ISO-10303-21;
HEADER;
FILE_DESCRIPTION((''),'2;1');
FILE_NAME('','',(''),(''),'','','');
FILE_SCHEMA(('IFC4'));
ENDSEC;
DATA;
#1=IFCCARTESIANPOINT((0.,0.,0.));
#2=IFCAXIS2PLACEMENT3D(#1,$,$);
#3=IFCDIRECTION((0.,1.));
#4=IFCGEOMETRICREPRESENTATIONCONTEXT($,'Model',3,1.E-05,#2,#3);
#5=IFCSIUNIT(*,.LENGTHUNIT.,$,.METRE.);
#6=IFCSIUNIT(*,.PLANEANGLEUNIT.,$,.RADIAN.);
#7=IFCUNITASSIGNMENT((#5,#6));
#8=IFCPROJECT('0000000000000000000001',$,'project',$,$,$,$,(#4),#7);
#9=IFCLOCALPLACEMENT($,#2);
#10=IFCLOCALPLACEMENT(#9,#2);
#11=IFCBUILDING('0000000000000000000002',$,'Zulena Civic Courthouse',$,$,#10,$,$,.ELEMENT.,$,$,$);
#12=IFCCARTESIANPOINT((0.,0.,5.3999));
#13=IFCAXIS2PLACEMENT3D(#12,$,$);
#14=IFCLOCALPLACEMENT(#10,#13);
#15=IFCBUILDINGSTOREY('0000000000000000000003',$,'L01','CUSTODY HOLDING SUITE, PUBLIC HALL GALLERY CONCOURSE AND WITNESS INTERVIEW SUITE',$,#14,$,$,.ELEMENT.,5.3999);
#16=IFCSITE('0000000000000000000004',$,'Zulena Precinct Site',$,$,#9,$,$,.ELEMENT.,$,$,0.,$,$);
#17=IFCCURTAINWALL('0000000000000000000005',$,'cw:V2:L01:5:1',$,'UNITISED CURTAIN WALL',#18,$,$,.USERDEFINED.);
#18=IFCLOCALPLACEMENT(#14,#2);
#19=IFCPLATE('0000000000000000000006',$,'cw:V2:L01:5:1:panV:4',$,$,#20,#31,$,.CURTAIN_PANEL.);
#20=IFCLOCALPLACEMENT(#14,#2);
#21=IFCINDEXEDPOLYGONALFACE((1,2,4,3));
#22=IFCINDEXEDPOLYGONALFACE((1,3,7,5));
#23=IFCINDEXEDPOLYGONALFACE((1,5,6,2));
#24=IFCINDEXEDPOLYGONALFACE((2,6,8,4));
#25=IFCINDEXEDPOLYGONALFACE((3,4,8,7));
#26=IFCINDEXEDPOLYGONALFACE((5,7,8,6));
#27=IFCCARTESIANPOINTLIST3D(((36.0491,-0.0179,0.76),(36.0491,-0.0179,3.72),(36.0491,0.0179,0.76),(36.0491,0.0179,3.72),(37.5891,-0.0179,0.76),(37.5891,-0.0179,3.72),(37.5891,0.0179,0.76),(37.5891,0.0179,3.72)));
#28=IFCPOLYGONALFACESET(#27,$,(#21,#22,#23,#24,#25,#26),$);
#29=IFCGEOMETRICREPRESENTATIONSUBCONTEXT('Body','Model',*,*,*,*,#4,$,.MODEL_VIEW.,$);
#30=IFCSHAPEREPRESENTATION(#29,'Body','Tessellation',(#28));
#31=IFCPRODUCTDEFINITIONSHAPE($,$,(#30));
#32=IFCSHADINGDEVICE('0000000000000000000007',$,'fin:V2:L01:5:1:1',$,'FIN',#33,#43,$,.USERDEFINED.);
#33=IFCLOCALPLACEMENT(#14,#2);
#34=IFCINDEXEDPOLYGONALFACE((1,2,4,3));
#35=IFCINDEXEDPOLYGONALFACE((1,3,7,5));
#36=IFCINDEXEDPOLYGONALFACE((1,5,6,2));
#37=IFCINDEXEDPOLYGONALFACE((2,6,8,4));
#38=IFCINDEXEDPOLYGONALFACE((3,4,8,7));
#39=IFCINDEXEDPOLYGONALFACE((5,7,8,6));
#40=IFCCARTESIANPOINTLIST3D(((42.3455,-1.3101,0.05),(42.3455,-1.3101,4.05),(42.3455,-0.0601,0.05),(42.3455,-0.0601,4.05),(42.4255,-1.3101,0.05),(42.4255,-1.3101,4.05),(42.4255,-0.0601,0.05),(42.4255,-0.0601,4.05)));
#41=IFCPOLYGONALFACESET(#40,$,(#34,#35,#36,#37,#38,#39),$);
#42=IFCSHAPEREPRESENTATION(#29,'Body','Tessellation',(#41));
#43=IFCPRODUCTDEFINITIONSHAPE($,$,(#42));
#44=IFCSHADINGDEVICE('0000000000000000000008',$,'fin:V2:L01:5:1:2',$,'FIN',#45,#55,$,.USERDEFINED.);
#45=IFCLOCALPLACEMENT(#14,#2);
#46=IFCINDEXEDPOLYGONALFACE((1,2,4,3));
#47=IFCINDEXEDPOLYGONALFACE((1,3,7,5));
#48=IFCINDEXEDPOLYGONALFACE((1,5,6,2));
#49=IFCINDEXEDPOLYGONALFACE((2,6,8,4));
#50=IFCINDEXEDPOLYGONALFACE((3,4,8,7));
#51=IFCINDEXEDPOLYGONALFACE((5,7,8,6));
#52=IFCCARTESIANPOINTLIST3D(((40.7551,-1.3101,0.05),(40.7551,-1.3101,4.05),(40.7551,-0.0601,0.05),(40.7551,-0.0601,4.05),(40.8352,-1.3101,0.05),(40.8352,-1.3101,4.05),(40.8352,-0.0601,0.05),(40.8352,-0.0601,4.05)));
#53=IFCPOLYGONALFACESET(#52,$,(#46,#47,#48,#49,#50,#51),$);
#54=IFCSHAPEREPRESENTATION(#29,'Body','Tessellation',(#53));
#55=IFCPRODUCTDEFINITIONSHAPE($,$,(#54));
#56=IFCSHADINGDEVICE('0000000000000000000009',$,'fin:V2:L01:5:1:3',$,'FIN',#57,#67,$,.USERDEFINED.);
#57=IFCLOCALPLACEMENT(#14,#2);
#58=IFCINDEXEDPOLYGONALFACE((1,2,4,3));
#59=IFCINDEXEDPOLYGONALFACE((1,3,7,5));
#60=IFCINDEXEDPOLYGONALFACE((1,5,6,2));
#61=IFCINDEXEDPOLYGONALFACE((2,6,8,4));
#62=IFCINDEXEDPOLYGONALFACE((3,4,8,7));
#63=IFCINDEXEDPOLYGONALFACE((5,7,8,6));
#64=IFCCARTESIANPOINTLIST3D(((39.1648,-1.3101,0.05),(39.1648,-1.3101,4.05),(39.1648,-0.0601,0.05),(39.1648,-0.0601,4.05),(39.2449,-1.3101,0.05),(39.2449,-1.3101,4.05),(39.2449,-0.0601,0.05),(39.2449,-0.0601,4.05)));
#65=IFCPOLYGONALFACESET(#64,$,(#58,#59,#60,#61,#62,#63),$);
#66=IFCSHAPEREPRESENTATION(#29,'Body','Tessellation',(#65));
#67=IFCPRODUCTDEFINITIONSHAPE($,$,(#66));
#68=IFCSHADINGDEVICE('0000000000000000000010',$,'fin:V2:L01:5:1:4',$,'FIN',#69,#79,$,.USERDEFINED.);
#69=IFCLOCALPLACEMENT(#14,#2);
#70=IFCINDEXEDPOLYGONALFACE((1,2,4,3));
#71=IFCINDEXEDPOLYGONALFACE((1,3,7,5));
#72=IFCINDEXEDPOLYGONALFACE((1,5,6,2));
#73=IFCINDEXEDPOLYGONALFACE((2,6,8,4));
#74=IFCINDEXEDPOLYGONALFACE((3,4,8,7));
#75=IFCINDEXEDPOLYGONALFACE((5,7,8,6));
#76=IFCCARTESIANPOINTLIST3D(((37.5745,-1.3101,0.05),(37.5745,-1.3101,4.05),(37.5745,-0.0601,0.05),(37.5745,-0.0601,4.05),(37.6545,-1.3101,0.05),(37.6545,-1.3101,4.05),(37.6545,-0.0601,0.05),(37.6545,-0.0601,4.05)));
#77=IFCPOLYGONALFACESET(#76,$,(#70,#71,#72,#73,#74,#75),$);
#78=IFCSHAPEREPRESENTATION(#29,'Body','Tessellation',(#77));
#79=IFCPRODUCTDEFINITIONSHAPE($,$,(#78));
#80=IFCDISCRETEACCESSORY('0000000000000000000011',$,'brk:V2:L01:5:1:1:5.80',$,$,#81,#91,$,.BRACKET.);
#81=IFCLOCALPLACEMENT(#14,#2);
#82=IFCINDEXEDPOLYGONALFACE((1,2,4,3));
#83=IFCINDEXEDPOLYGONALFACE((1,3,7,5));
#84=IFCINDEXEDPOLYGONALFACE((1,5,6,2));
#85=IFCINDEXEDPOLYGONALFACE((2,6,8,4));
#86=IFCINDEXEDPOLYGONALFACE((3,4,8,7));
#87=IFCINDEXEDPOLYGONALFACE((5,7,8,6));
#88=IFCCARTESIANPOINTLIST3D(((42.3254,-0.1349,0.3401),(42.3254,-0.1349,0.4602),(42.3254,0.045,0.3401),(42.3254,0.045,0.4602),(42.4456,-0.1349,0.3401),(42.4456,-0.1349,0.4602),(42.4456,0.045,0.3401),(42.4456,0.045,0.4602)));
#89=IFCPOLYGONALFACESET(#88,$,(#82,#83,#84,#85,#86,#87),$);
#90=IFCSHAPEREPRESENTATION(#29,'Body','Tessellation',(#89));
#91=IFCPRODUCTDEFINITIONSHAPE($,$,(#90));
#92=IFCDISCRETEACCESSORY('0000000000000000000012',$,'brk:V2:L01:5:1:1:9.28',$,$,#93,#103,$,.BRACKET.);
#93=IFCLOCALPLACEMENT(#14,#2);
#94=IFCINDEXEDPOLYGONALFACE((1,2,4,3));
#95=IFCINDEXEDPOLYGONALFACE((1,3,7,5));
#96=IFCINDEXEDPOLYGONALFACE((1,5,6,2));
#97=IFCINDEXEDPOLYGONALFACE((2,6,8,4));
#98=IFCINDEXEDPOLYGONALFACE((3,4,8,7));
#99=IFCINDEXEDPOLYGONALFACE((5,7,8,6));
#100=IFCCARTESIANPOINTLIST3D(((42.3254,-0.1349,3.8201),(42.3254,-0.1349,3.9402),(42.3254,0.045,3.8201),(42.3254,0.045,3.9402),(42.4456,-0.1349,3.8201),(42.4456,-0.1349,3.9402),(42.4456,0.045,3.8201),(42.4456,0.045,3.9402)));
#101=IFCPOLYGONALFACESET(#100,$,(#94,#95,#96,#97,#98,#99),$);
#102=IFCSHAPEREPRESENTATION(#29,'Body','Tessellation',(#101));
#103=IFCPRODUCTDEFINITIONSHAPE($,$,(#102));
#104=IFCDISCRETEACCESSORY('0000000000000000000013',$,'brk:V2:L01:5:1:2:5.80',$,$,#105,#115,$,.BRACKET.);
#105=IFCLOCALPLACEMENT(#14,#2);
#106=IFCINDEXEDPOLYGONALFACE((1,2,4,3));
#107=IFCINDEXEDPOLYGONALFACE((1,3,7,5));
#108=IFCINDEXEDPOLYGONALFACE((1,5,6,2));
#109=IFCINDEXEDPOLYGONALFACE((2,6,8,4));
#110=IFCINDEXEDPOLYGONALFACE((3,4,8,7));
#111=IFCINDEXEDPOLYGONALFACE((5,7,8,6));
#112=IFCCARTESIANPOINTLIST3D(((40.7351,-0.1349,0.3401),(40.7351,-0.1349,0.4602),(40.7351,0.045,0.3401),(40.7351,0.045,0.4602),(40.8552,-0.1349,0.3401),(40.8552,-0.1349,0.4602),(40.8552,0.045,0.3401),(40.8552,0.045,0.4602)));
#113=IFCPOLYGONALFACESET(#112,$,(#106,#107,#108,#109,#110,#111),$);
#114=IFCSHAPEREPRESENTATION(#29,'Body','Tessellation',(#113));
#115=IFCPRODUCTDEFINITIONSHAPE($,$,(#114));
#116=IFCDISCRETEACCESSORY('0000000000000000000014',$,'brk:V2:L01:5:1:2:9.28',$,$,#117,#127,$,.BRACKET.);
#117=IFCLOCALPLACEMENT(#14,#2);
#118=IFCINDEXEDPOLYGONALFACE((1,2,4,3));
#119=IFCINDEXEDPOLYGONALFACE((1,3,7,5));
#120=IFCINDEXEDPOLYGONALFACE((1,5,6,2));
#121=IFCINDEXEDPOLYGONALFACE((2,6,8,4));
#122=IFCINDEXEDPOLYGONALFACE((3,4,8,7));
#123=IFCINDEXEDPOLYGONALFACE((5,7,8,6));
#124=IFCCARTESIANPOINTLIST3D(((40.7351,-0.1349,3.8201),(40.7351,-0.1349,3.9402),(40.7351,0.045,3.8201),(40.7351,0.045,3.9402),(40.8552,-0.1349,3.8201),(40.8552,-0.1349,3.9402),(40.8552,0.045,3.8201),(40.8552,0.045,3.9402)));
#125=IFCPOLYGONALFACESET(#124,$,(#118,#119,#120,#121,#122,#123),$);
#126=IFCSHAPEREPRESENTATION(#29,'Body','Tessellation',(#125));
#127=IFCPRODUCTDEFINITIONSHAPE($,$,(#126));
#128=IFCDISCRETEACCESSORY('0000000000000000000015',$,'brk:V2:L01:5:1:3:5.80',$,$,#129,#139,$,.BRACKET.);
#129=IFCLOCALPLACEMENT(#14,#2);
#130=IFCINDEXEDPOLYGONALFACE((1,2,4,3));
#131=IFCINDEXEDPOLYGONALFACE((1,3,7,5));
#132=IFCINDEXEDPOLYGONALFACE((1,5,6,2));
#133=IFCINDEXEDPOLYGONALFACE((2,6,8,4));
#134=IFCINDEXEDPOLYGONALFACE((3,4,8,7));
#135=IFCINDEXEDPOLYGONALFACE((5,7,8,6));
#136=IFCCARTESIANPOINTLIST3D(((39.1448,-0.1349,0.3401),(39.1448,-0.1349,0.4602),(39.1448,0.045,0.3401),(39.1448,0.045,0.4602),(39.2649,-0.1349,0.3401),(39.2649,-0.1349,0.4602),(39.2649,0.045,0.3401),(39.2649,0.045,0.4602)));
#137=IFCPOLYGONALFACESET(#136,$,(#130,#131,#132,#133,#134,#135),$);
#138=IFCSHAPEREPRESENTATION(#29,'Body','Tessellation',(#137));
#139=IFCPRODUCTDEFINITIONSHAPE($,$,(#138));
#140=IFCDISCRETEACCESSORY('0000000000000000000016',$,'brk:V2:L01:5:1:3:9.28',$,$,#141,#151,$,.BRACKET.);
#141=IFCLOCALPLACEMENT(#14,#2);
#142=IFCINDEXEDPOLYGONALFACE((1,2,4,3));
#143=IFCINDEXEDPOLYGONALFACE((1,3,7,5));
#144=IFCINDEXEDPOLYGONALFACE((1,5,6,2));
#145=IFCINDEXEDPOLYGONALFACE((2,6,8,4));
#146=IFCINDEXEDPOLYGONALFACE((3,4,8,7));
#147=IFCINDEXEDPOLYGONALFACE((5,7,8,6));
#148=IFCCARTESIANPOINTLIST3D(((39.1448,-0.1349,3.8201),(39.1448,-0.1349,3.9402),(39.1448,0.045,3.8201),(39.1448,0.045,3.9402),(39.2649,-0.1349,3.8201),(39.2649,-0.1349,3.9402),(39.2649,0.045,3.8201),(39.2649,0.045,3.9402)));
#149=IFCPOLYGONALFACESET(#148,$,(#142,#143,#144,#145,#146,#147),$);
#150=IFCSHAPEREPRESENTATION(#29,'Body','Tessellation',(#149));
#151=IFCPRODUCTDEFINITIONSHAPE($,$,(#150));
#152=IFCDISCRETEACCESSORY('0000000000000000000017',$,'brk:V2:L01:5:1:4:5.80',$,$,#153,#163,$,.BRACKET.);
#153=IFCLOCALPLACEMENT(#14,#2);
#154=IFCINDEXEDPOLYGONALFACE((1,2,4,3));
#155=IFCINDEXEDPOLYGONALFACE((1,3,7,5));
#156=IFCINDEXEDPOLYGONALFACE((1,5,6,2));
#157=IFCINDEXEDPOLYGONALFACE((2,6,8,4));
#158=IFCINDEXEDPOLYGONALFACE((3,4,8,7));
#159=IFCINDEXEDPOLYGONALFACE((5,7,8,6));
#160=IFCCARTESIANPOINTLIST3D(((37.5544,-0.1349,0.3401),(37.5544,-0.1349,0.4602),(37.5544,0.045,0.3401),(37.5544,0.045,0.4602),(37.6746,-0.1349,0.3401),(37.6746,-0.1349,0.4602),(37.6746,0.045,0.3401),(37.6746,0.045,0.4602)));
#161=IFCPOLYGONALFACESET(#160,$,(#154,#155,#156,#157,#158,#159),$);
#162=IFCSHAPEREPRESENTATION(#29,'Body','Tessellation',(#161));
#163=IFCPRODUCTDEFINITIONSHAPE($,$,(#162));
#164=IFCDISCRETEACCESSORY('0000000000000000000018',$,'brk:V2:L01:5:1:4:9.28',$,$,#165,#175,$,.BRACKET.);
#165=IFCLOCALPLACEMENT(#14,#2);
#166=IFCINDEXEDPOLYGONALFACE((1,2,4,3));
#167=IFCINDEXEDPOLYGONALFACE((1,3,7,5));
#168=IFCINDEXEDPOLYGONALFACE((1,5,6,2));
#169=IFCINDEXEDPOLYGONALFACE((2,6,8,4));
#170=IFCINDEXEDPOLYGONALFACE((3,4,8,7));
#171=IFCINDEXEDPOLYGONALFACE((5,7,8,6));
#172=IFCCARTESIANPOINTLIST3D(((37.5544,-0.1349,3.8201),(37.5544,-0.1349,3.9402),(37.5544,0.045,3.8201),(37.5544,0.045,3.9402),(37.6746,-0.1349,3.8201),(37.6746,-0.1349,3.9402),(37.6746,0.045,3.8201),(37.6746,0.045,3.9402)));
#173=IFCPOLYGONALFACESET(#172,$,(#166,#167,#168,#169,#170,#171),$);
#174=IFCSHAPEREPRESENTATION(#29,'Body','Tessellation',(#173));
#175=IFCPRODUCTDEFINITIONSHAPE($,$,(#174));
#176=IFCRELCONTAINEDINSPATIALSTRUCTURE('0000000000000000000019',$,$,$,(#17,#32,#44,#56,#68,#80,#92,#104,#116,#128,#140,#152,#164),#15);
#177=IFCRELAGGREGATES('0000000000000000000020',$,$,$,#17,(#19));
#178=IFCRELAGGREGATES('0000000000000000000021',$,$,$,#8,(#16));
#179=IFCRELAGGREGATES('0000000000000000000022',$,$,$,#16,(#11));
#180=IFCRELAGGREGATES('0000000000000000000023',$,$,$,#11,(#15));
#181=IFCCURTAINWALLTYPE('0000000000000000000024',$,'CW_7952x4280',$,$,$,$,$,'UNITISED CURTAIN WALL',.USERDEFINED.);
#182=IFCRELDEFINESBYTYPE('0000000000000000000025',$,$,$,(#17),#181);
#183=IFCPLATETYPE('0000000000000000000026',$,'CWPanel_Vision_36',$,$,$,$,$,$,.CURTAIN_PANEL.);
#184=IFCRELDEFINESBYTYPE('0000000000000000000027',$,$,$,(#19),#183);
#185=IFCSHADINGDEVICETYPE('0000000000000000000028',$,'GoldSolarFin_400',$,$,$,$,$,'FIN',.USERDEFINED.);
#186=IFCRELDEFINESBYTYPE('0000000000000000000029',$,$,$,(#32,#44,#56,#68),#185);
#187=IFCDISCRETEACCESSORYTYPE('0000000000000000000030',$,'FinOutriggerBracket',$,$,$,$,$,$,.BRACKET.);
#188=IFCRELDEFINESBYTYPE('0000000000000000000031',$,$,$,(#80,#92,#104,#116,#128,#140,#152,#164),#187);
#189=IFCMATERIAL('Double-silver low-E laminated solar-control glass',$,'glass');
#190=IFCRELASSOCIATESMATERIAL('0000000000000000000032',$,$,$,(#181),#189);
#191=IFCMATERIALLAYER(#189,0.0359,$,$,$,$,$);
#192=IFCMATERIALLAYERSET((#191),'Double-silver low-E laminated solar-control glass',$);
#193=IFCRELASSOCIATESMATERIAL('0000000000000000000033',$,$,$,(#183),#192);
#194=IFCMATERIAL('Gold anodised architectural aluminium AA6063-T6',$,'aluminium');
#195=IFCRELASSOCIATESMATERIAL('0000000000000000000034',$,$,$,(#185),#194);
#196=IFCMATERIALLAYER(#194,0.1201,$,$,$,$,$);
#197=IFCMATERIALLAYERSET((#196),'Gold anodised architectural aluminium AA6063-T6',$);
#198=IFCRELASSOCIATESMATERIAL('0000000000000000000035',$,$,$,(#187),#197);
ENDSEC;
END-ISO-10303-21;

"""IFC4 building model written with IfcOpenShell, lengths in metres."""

from ifc_helpers import new_model, si_unit, direction, frame, origin, origin_2d, place, context, subcontext, project, spatial, rectangle, extrude, material, layer, layer_set, type_object, element, aggregate, save


model = new_model("IFC4")

# Units and contexts
model_context = context("Model", 3, precision=1e-05, world=origin(), true_north=direction((0.0, 1.0)))
body_context = subcontext(model_context, "Body", "Model", "MODEL_VIEW")
ifc_project = project(units=[si_unit("LENGTHUNIT", "METRE"), si_unit("PLANEANGLEUNIT", "RADIAN")], contexts=[model_context])

# Site, building, storey
site_placement = place(None, origin())
site = spatial("IfcSite", under=ifc_project, at=site_placement, Name="Zulena Precinct Site", CompositionType="ELEMENT", RefElevation=0.0)
building_placement = place(site_placement, origin())
building = spatial("IfcBuilding", under=site, at=building_placement, Name="Zulena Civic Courthouse", CompositionType="ELEMENT")
storey_placement = place(building_placement, frame((0.0, 0.0, 5.3999)))
storey = spatial("IfcBuildingStorey", under=building, at=storey_placement, Name="L01", Description="CUSTODY HOLDING SUITE, PUBLIC HALL GALLERY CONCOURSE AND WITNESS INTERVIEW SUITE", CompositionType="ELEMENT", Elevation=5.3999)

# Curtain wall
ifc_material_1 = material(Name="Double-silver low-E laminated solar-control glass", Category="glass")
curtain_wall_type = type_object("IfcCurtainWallType", Name="CW_7952x4280", ElementType="UNITISED CURTAIN WALL", PredefinedType="USERDEFINED", material=ifc_material_1)
curtain_wall_placement = place(storey_placement, origin())
curtain_wall = element("IfcCurtainWall", 1, at=curtain_wall_placement, inside=storey, type_object=curtain_wall_type, Name="cw:V2:L01:5:1", ObjectType="UNITISED CURTAIN WALL", PredefinedType="USERDEFINED")

# Plate
ifc_layer_1 = layer(ifc_material_1, 0.0359)
ifc_layer_set_1 = layer_set([ifc_layer_1], Name="Double-silver low-E laminated solar-control glass")
plate_type_1 = type_object("IfcPlateType", Name="CWPanel_Vision_36", PredefinedType="CURTAIN_PANEL", material=ifc_layer_set_1)
plate_1_placement = place(storey_placement, frame((36.8191, 0.0, 0.76), z_axis=(0.0, 0.0, 1.0), x_axis=(-1.0, 0.0, 0.0)))
plate_1 = element("IfcPlate", 2, at=plate_1_placement, type_object=plate_type_1, Name="cw:V2:L01:5:1:panV:4", PredefinedType="CURTAIN_PANEL", context=body_context, shape_type="SweptSolid", body=[
    extrude(rectangle(XDim=1.54, YDim=0.0359, at=origin_2d()), origin(), (0.0, 0.0, 1.0), 2.96),
])
aggregate(curtain_wall, [plate_1])

# Shading devices
ifc_material_2 = material(Name="Gold anodised architectural aluminium AA6063-T6", Category="aluminium")
shading_device_type = type_object("IfcShadingDeviceType", Name="GoldSolarFin_400", ElementType="FIN", PredefinedType="USERDEFINED", material=ifc_material_2)
for number, where, z_axis, x_axis, name in (
    (3, (42.3855, -0.6851, 0.05), (0.0, 0.0, 1.0), (0.0, -1.0, 0.0), "fin:V2:L01:5:1:1"),
    (4, (40.7952, -0.6851, 0.05), (0.0, 0.0, 1.0), (0.0, -1.0, 0.0), "fin:V2:L01:5:1:2"),
    (5, (39.2048, -0.6851, 0.05), (0.0, 0.0, 1.0), (0.0, -1.0, 0.0), "fin:V2:L01:5:1:3"),
    (6, (37.6145, -0.6851, 0.05), (0.0, 0.0, 1.0), (0.0, -1.0, 0.0), "fin:V2:L01:5:1:4"),
):
    element("IfcShadingDevice", number, at=place(storey_placement, frame(where, z_axis=z_axis, x_axis=x_axis)), inside=storey, type_object=shading_device_type, Name=name, ObjectType="FIN", PredefinedType="USERDEFINED", context=body_context, shape_type="SweptSolid", body=[
        extrude(rectangle(XDim=1.25, YDim=0.0801, at=origin_2d()), origin(), (0.0, 0.0, 1.0), 4.0),
    ])

# Discrete accessories
ifc_layer_2 = layer(ifc_material_2, 0.1201)
ifc_layer_set_2 = layer_set([ifc_layer_2], Name="Gold anodised architectural aluminium AA6063-T6")
discrete_accessory_type = type_object("IfcDiscreteAccessoryType", Name="FinOutriggerBracket", PredefinedType="BRACKET", material=ifc_layer_set_2)
for number, where, z_axis, x_axis, name in (
    (7, (42.3855, -0.0449, 0.3401), (0.0, 0.0, 1.0), (0.0, -1.0, 0.0), "brk:V2:L01:5:1:1:5.80"),
    (8, (42.3855, -0.0449, 3.8201), (0.0, 0.0, 1.0), (0.0, -1.0, 0.0), "brk:V2:L01:5:1:1:9.28"),
    (9, (40.7952, -0.0449, 0.3401), (0.0, 0.0, 1.0), (0.0, -1.0, 0.0), "brk:V2:L01:5:1:2:5.80"),
    (10, (40.7952, -0.0449, 3.8201), (0.0, 0.0, 1.0), (0.0, -1.0, 0.0), "brk:V2:L01:5:1:2:9.28"),
    (11, (39.2048, -0.0449, 0.3401), (0.0, 0.0, 1.0), (0.0, -1.0, 0.0), "brk:V2:L01:5:1:3:5.80"),
    (12, (39.2048, -0.0449, 3.8201), (0.0, 0.0, 1.0), (0.0, -1.0, 0.0), "brk:V2:L01:5:1:3:9.28"),
    (13, (37.6145, -0.0449, 0.3401), (0.0, 0.0, 1.0), (0.0, -1.0, 0.0), "brk:V2:L01:5:1:4:5.80"),
    (14, (37.6145, -0.0449, 3.8201), (0.0, 0.0, 1.0), (0.0, -1.0, 0.0), "brk:V2:L01:5:1:4:9.28"),
):
    element("IfcDiscreteAccessory", number, at=place(storey_placement, frame(where, z_axis=z_axis, x_axis=x_axis)), inside=storey, type_object=discrete_accessory_type, Name=name, PredefinedType="BRACKET", context=body_context, shape_type="SweptSolid", body=[
        extrude(rectangle(XDim=0.1799, YDim=0.1201, at=origin_2d()), origin(), (0.0, 0.0, 1.0), 0.1201),
    ])

save(model, "model.ifc")
